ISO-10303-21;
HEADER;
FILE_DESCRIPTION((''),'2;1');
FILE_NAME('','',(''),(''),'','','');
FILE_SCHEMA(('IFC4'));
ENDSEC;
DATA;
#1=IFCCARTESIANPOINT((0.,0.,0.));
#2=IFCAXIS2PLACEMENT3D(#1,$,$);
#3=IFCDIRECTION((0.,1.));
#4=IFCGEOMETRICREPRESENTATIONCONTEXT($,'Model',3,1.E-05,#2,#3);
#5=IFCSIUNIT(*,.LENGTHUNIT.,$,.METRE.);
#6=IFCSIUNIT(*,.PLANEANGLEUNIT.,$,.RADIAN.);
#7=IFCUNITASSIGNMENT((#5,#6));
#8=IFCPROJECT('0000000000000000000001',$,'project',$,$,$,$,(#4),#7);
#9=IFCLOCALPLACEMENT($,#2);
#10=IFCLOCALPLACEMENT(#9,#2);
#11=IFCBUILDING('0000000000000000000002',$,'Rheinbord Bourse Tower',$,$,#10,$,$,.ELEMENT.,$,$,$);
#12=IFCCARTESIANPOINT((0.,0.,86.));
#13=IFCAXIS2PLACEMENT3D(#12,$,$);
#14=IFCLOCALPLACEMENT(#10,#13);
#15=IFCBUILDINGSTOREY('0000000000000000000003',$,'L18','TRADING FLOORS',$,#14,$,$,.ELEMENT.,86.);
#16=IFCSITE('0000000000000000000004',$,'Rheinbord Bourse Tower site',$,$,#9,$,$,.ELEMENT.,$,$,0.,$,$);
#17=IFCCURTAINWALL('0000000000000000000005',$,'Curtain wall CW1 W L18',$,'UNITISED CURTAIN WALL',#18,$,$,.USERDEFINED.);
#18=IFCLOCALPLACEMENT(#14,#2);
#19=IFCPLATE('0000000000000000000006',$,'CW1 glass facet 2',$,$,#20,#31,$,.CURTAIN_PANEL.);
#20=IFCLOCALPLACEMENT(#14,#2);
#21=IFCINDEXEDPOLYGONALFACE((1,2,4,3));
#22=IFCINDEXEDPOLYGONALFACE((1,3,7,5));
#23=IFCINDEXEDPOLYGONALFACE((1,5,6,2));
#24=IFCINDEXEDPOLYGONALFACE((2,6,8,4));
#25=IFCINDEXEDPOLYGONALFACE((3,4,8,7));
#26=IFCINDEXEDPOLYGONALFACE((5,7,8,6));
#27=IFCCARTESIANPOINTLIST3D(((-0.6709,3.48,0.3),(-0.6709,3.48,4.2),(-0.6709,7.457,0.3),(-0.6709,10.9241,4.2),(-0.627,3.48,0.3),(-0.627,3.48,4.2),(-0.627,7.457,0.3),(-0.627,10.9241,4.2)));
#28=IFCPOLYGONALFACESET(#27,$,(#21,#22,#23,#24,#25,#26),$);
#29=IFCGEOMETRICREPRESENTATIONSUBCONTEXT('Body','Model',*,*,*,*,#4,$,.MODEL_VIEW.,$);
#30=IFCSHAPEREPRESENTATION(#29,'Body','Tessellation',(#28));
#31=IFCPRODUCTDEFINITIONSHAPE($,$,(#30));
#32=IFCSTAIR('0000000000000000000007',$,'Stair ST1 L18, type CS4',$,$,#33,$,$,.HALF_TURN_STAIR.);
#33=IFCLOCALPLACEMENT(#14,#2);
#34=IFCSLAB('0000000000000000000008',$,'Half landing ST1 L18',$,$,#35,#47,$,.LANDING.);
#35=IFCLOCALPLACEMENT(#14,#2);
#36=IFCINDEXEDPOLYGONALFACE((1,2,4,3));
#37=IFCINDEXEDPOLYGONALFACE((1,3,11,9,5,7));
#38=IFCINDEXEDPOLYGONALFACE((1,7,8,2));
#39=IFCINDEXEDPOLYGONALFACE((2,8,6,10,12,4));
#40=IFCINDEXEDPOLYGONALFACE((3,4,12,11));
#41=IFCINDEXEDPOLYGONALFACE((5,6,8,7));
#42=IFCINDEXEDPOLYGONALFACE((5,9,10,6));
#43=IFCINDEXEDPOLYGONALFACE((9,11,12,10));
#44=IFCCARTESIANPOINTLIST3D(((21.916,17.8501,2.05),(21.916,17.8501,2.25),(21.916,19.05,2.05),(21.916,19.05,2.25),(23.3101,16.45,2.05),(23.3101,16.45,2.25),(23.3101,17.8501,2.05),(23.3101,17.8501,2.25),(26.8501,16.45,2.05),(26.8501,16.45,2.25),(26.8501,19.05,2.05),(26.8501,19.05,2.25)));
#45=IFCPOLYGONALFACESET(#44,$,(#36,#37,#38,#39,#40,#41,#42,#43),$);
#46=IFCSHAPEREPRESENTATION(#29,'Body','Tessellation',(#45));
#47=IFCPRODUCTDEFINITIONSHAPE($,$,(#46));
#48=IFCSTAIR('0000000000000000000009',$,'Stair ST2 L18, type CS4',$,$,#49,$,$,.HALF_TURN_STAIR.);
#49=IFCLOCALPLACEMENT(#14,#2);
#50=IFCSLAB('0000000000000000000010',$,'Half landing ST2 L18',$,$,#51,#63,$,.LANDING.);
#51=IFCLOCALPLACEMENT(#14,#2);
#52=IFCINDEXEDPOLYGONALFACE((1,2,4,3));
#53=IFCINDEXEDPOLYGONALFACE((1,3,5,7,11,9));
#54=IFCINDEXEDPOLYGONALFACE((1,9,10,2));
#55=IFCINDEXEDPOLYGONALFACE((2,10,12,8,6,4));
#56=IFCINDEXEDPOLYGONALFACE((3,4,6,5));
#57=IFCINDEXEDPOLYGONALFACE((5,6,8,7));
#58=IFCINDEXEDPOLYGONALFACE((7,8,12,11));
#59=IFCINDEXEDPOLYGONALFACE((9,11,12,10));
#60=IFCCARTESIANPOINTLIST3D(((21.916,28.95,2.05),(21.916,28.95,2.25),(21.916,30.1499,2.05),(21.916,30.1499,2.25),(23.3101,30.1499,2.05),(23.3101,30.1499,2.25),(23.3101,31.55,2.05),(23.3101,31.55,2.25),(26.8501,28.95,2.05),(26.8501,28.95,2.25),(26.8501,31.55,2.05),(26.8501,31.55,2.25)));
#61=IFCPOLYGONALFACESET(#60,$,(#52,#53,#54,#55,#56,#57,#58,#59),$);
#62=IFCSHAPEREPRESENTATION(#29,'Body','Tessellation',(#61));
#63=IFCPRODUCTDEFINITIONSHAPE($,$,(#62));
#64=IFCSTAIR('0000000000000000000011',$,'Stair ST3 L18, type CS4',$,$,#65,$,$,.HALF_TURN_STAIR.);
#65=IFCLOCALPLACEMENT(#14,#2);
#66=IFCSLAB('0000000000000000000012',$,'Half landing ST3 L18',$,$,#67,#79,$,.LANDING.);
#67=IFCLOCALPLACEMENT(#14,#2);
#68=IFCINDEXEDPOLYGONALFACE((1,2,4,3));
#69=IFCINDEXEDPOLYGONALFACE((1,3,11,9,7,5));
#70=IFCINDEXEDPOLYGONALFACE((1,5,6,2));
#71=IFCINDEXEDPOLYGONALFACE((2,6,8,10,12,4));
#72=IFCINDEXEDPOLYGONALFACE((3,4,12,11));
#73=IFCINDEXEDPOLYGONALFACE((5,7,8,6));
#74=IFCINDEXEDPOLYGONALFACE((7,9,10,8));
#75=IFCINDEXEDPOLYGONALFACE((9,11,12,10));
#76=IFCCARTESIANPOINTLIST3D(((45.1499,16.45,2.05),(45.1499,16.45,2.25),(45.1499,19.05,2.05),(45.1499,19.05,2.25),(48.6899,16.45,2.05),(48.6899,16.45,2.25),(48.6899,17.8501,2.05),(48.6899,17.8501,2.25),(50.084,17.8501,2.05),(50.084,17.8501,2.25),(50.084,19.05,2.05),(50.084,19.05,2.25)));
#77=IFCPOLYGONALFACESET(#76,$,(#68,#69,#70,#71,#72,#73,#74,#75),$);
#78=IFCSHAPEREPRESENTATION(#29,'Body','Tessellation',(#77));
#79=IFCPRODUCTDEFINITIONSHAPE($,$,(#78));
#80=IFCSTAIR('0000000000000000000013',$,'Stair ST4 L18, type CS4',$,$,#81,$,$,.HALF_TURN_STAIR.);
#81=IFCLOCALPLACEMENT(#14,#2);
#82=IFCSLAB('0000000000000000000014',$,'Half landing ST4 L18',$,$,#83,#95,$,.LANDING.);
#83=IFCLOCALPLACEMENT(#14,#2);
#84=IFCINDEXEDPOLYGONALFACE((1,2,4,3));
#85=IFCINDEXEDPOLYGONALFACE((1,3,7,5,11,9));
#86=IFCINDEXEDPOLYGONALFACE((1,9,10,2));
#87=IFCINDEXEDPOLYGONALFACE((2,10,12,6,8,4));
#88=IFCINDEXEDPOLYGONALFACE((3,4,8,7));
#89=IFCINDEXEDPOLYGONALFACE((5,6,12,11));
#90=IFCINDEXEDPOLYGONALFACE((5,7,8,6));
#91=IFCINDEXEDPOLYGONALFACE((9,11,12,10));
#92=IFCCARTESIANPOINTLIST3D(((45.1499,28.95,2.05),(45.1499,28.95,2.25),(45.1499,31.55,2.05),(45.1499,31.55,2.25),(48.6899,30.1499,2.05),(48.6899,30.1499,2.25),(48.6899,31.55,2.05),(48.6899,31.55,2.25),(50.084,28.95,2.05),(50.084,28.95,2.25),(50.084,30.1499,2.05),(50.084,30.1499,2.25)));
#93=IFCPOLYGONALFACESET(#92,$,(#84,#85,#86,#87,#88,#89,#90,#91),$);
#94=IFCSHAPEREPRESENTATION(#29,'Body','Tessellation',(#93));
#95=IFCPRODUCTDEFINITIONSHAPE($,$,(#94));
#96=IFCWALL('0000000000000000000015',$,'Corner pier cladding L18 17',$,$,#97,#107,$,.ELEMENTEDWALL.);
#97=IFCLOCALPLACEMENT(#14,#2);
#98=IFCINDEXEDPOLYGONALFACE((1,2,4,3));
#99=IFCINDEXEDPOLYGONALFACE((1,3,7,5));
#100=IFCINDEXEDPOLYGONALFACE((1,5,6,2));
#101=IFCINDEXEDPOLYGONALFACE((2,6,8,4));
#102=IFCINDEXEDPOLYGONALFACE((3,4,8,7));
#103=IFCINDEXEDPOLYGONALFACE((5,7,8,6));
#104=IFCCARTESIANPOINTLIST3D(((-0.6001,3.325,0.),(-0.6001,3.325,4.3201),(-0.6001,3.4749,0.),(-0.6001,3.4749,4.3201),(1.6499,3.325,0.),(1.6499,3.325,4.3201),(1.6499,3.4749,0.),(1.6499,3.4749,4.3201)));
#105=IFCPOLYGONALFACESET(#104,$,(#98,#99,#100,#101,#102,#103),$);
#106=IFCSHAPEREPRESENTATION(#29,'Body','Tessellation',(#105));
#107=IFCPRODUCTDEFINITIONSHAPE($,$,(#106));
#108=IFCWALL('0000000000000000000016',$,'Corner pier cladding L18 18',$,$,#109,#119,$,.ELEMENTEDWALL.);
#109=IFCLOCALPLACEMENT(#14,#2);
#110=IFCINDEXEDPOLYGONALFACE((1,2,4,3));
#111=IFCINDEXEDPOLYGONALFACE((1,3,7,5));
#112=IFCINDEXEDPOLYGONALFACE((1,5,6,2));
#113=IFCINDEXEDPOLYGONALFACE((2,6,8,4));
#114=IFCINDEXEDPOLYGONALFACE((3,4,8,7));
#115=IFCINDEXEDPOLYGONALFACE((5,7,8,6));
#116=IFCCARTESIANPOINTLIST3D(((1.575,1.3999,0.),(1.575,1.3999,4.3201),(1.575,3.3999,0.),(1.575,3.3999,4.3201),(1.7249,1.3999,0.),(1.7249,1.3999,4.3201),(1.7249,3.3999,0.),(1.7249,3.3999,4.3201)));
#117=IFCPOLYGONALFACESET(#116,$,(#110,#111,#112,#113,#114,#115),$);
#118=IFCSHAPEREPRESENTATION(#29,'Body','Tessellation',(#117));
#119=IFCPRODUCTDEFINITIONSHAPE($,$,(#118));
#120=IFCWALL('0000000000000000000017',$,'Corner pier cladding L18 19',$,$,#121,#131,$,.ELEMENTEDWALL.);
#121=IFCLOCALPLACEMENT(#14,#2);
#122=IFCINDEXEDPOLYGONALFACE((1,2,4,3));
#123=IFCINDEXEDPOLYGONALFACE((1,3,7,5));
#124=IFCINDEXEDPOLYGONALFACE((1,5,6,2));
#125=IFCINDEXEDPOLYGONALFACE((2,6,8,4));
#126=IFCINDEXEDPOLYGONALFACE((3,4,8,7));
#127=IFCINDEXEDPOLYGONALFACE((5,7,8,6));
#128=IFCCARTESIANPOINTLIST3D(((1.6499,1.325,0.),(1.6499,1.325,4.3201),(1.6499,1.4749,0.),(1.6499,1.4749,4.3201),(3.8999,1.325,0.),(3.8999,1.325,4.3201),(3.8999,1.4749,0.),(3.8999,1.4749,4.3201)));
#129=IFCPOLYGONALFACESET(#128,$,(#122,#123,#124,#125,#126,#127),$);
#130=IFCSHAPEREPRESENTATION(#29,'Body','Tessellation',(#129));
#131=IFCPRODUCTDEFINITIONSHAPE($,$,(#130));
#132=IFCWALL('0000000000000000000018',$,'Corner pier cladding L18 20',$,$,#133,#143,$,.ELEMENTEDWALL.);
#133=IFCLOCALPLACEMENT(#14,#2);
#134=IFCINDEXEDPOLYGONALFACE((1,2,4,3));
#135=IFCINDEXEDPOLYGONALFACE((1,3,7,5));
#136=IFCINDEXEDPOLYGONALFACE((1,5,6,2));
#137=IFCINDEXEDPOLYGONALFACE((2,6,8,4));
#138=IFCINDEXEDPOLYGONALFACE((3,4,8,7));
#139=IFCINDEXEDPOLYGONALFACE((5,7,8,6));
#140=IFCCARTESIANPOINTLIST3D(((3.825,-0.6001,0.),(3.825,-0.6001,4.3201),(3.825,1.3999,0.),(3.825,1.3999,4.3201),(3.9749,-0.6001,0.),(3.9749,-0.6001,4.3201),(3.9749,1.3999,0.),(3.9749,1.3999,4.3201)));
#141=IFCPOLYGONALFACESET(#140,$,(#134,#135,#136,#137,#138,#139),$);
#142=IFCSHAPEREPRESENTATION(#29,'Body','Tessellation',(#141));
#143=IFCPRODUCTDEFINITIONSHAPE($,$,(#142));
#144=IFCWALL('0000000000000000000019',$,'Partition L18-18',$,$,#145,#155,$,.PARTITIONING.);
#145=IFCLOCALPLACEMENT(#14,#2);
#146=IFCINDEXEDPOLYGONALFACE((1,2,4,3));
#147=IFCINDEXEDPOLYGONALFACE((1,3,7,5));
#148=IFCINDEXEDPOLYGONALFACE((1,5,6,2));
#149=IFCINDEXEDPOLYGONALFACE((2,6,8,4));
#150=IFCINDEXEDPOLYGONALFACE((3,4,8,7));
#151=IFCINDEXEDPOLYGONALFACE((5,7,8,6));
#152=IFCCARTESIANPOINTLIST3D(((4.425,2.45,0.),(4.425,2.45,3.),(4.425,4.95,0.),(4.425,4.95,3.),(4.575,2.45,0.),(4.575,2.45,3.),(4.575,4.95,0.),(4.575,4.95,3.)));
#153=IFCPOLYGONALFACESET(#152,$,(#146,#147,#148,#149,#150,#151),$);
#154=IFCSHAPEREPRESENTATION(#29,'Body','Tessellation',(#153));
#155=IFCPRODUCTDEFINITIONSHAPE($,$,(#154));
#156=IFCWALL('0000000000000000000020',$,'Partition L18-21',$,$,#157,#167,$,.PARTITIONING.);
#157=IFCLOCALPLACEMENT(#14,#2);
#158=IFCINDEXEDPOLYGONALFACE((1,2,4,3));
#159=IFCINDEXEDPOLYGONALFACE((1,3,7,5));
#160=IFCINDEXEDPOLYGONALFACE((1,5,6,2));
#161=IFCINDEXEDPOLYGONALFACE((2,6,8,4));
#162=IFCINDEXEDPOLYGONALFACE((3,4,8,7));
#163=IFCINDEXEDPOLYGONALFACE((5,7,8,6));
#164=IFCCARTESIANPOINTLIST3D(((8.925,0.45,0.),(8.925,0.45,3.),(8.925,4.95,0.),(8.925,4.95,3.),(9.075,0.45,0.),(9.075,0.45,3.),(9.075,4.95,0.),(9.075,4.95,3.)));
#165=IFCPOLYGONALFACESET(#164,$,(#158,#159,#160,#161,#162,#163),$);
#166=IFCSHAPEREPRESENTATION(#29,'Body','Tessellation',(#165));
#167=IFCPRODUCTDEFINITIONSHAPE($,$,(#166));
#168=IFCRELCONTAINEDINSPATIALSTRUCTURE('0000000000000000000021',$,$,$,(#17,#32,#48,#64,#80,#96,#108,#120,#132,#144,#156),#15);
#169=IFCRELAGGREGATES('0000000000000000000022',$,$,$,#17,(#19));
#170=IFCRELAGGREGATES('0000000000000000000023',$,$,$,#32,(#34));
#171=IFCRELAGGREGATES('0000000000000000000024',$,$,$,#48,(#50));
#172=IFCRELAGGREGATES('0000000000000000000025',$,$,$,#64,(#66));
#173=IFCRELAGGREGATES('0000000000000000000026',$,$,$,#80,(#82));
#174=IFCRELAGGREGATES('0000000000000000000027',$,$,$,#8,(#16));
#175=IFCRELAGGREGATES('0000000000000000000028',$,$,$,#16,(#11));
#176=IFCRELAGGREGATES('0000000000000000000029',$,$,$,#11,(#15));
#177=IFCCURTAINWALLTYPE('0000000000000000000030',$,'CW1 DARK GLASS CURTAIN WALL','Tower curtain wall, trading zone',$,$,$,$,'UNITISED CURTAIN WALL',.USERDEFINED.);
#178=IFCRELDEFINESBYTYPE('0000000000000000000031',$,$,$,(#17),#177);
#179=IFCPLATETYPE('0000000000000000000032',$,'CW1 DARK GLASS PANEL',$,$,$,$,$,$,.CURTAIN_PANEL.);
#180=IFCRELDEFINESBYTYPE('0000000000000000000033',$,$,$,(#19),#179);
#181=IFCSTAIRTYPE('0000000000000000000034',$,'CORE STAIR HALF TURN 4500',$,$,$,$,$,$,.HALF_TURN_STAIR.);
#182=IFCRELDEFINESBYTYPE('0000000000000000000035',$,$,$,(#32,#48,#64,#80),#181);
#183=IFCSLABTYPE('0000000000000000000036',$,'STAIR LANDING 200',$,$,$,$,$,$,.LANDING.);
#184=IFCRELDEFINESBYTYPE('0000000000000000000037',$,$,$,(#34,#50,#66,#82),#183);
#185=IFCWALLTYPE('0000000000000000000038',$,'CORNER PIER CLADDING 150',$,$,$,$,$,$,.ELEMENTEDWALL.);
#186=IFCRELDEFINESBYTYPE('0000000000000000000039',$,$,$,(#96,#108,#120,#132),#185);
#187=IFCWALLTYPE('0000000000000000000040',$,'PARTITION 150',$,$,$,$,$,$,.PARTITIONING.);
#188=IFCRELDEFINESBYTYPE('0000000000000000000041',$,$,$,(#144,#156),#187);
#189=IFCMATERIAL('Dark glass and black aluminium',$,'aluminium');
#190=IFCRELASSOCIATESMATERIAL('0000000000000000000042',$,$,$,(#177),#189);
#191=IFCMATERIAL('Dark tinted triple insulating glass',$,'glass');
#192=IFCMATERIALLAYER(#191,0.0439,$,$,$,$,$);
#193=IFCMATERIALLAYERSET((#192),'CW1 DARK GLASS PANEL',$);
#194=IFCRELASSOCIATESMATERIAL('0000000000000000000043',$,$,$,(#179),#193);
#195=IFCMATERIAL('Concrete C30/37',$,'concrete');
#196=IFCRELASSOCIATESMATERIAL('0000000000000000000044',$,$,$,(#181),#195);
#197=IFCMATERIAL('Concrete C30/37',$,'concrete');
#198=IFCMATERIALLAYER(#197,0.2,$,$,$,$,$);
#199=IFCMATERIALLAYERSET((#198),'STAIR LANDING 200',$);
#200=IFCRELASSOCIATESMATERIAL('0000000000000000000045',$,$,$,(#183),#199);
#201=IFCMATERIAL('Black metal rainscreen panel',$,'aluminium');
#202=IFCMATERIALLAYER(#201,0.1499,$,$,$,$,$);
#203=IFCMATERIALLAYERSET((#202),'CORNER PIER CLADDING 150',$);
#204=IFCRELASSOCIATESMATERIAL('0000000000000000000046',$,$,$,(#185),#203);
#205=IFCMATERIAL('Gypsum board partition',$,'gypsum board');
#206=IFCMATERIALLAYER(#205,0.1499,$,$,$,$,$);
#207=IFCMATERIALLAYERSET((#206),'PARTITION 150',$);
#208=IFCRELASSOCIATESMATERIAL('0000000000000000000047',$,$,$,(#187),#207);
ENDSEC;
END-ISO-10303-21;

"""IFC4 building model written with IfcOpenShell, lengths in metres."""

from ifc_helpers import new_model, si_unit, direction, frame, frame_2d, origin, place, context, subcontext, project, spatial, polyline, rectangle, outline, extrude, material, layer, layer_set, type_object, element, aggregate, save


model = new_model("IFC4")

# Units and contexts
model_context = context("Model", 3, precision=1e-05, world=origin(), true_north=direction((0.0, 1.0)))
body_context = subcontext(model_context, "Body", "Model", "MODEL_VIEW")
ifc_project = project(units=[si_unit("LENGTHUNIT", "METRE"), si_unit("PLANEANGLEUNIT", "RADIAN")], contexts=[model_context])

# Site, building, storey
site_placement = place(None, origin())
site = spatial("IfcSite", under=ifc_project, at=site_placement, Name="Rheinbord Bourse Tower site", CompositionType="ELEMENT", RefElevation=0.0)
building_placement = place(site_placement, origin())
building = spatial("IfcBuilding", under=site, at=building_placement, Name="Rheinbord Bourse Tower", CompositionType="ELEMENT")
storey_placement = place(building_placement, frame((0.0, 0.0, 86.0)))
storey = spatial("IfcBuildingStorey", under=building, at=storey_placement, Name="L18", Description="TRADING FLOORS", CompositionType="ELEMENT", Elevation=86.0)

# Shared definitions
ifc_material_1 = material(Name="Dark glass and black aluminium", Category="aluminium")
curtain_wall_type = type_object("IfcCurtainWallType", Name="CW1 DARK GLASS CURTAIN WALL", Description="Tower curtain wall, trading zone", ElementType="UNITISED CURTAIN WALL", PredefinedType="USERDEFINED", material=ifc_material_1)

# Curtain wall
curtain_wall_1_placement = place(storey_placement, origin())
curtain_wall_1 = element("IfcCurtainWall", 1, at=curtain_wall_1_placement, inside=storey, type_object=curtain_wall_type, Name="Curtain wall CW1 W L18", ObjectType="UNITISED CURTAIN WALL", PredefinedType="USERDEFINED")

# Plate
ifc_material_2 = material(Name="Dark tinted triple insulating glass", Category="glass")
ifc_layer_1 = layer(ifc_material_2, 0.0439)
ifc_layer_set_1 = layer_set([ifc_layer_1], Name="CW1 DARK GLASS PANEL")
plate_type = type_object("IfcPlateType", Name="CW1 DARK GLASS PANEL", PredefinedType="CURTAIN_PANEL", material=ifc_layer_set_1)
plate_1_placement = place(storey_placement, frame((-0.6709, 3.48, 4.2), z_axis=(1.0, 0.0, 0.0), x_axis=(0.0, 0.0, -1.0)))
plate_1 = element("IfcPlate", 2, at=plate_1_placement, type_object=plate_type, Name="CW1 glass facet 2", PredefinedType="CURTAIN_PANEL", context=body_context, shape_type="SweptSolid", body=[
    extrude(outline(polyline([(0.0, 0.0), (3.8999, 0.0), (3.8999, 3.9771), (0.0, 7.4441), (0.0, 0.0)])), origin(), (0.0, 0.0, 1.0), 0.0439),
])
aggregate(curtain_wall_1, [plate_1])

# Stairs, slabs
ifc_material_3 = material(Name="Concrete C30/37", Category="concrete")
stair_type = type_object("IfcStairType", Name="CORE STAIR HALF TURN 4500", PredefinedType="HALF_TURN_STAIR", material=ifc_material_3)
stair_1_placement = place(storey_placement, origin())
stair_1 = element("IfcStair", 3, at=stair_1_placement, inside=storey, type_object=stair_type, Name="Stair ST1 L18, type CS4", PredefinedType="HALF_TURN_STAIR")
ifc_material_4 = material(Name="Concrete C30/37", Category="concrete")
ifc_layer_2 = layer(ifc_material_4, 0.2)
ifc_layer_set_2 = layer_set([ifc_layer_2], Name="STAIR LANDING 200")
slab_type_1 = type_object("IfcSlabType", Name="STAIR LANDING 200", PredefinedType="LANDING", material=ifc_layer_set_2)
slab_1_placement = place(storey_placement, frame((0.0, 0.0, 2.05)))
slab_1 = element("IfcSlab", 4, at=slab_1_placement, type_object=slab_type_1, Name="Half landing ST1 L18", PredefinedType="LANDING", context=body_context, shape_type="SweptSolid", body=[
    extrude(outline(polyline([(23.3101, 16.45), (26.8501, 16.45), (26.8501, 19.05), (21.916, 19.05), (21.916, 17.8501), (23.3101, 17.8501), (23.3101, 16.45)])), origin(), (0.0, 0.0, 1.0), 0.2),
])
aggregate(stair_1, [slab_1])
stair_2_placement = place(storey_placement, origin())
stair_2 = element("IfcStair", 5, at=stair_2_placement, inside=storey, type_object=stair_type, Name="Stair ST2 L18, type CS4", PredefinedType="HALF_TURN_STAIR")
slab_2_placement = place(storey_placement, frame((0.0, 0.0, 2.05)))
slab_2 = element("IfcSlab", 6, at=slab_2_placement, type_object=slab_type_1, Name="Half landing ST2 L18", PredefinedType="LANDING", context=body_context, shape_type="SweptSolid", body=[
    extrude(outline(polyline([(21.916, 28.95), (26.8501, 28.95), (26.8501, 31.55), (23.3101, 31.55), (23.3101, 30.1499), (21.916, 30.1499), (21.916, 28.95)])), origin(), (0.0, 0.0, 1.0), 0.2),
])
aggregate(stair_2, [slab_2])
stair_3_placement = place(storey_placement, origin())
stair_3 = element("IfcStair", 7, at=stair_3_placement, inside=storey, type_object=stair_type, Name="Stair ST3 L18, type CS4", PredefinedType="HALF_TURN_STAIR")
slab_3_placement = place(storey_placement, frame((0.0, 0.0, 2.05)))
slab_3 = element("IfcSlab", 8, at=slab_3_placement, type_object=slab_type_1, Name="Half landing ST3 L18", PredefinedType="LANDING", context=body_context, shape_type="SweptSolid", body=[
    extrude(outline(polyline([(45.1499, 16.45), (48.6899, 16.45), (48.6899, 17.8501), (50.084, 17.8501), (50.084, 19.05), (45.1499, 19.05), (45.1499, 16.45)])), origin(), (0.0, 0.0, 1.0), 0.2),
])
aggregate(stair_3, [slab_3])
stair_4_placement = place(storey_placement, origin())
stair_4 = element("IfcStair", 9, at=stair_4_placement, inside=storey, type_object=stair_type, Name="Stair ST4 L18, type CS4", PredefinedType="HALF_TURN_STAIR")
slab_4_placement = place(storey_placement, frame((0.0, 0.0, 2.05)))
slab_4 = element("IfcSlab", 10, at=slab_4_placement, type_object=slab_type_1, Name="Half landing ST4 L18", PredefinedType="LANDING", context=body_context, shape_type="SweptSolid", body=[
    extrude(outline(polyline([(45.1499, 28.95), (50.084, 28.95), (50.084, 30.1499), (48.6899, 30.1499), (48.6899, 31.55), (45.1499, 31.55), (45.1499, 28.95)])), origin(), (0.0, 0.0, 1.0), 0.2),
])
aggregate(stair_4, [slab_4])

# Walls
ifc_material_5 = material(Name="Black metal rainscreen panel", Category="aluminium")
ifc_layer_3 = layer(ifc_material_5, 0.1499)
ifc_layer_set_3 = layer_set([ifc_layer_3], Name="CORNER PIER CLADDING 150")
wall_type_1 = type_object("IfcWallType", Name="CORNER PIER CLADDING 150", PredefinedType="ELEMENTEDWALL", material=ifc_layer_set_3)
wall_1_placement = place(storey_placement, frame((-0.6001, 3.3999, 0.0), z_axis=(0.0, 0.0, 1.0), x_axis=(1.0, 0.0, 0.0)))
element("IfcWall", 11, at=wall_1_placement, inside=storey, type_object=wall_type_1, Name="Corner pier cladding L18 17", PredefinedType="ELEMENTEDWALL", context=body_context, shape_type="SweptSolid", body=[
    extrude(rectangle(XDim=2.25, YDim=0.1499, at=frame_2d((1.125, 0.0))), origin(), (0.0, 0.0, 1.0), 4.3201),
])
wall_2_placement = place(storey_placement, frame((1.6499, 3.3999, 0.0), z_axis=(0.0, 0.0, 1.0), x_axis=(0.0, -1.0, 0.0)))
element("IfcWall", 12, at=wall_2_placement, inside=storey, type_object=wall_type_1, Name="Corner pier cladding L18 18", PredefinedType="ELEMENTEDWALL", context=body_context, shape_type="SweptSolid", body=[
    extrude(rectangle(XDim=2.0, YDim=0.1499, at=frame_2d((1.0, 0.0))), origin(), (0.0, 0.0, 1.0), 4.3201),
])
wall_3_placement = place(storey_placement, frame((1.6499, 1.3999, 0.0), z_axis=(0.0, 0.0, 1.0), x_axis=(1.0, 0.0, 0.0)))
element("IfcWall", 13, at=wall_3_placement, inside=storey, type_object=wall_type_1, Name="Corner pier cladding L18 19", PredefinedType="ELEMENTEDWALL", context=body_context, shape_type="SweptSolid", body=[
    extrude(rectangle(XDim=2.25, YDim=0.1499, at=frame_2d((1.125, 0.0))), origin(), (0.0, 0.0, 1.0), 4.3201),
])
wall_4_placement = place(storey_placement, frame((3.8999, 1.3999, 0.0), z_axis=(0.0, 0.0, 1.0), x_axis=(0.0, -1.0, 0.0)))
element("IfcWall", 14, at=wall_4_placement, inside=storey, type_object=wall_type_1, Name="Corner pier cladding L18 20", PredefinedType="ELEMENTEDWALL", context=body_context, shape_type="SweptSolid", body=[
    extrude(rectangle(XDim=2.0, YDim=0.1499, at=frame_2d((1.0, 0.0))), origin(), (0.0, 0.0, 1.0), 4.3201),
])
ifc_material_6 = material(Name="Gypsum board partition", Category="gypsum board")
ifc_layer_4 = layer(ifc_material_6, 0.1499)
ifc_layer_set_4 = layer_set([ifc_layer_4], Name="PARTITION 150")
wall_type_2 = type_object("IfcWallType", Name="PARTITION 150", PredefinedType="PARTITIONING", material=ifc_layer_set_4)
wall_5_placement = place(storey_placement, frame((4.5, 2.45, 0.0), z_axis=(0.0, 0.0, 1.0), x_axis=(0.0, 1.0, 0.0)))
element("IfcWall", 15, at=wall_5_placement, inside=storey, type_object=wall_type_2, Name="Partition L18-18", PredefinedType="PARTITIONING", context=body_context, shape_type="SweptSolid", body=[
    extrude(rectangle(XDim=2.5, YDim=0.1499, at=frame_2d((1.25, 0.0))), origin(), (0.0, 0.0, 1.0), 3.0),
])
wall_6_placement = place(storey_placement, frame((9.0, 0.45, 0.0), z_axis=(0.0, 0.0, 1.0), x_axis=(0.0, 1.0, 0.0)))
element("IfcWall", 16, at=wall_6_placement, inside=storey, type_object=wall_type_2, Name="Partition L18-21", PredefinedType="PARTITIONING", context=body_context, shape_type="SweptSolid", body=[
    extrude(rectangle(XDim=4.5, YDim=0.1499, at=frame_2d((2.25, 0.0))), origin(), (0.0, 0.0, 1.0), 3.0),
])

save(model, "model.ifc")
